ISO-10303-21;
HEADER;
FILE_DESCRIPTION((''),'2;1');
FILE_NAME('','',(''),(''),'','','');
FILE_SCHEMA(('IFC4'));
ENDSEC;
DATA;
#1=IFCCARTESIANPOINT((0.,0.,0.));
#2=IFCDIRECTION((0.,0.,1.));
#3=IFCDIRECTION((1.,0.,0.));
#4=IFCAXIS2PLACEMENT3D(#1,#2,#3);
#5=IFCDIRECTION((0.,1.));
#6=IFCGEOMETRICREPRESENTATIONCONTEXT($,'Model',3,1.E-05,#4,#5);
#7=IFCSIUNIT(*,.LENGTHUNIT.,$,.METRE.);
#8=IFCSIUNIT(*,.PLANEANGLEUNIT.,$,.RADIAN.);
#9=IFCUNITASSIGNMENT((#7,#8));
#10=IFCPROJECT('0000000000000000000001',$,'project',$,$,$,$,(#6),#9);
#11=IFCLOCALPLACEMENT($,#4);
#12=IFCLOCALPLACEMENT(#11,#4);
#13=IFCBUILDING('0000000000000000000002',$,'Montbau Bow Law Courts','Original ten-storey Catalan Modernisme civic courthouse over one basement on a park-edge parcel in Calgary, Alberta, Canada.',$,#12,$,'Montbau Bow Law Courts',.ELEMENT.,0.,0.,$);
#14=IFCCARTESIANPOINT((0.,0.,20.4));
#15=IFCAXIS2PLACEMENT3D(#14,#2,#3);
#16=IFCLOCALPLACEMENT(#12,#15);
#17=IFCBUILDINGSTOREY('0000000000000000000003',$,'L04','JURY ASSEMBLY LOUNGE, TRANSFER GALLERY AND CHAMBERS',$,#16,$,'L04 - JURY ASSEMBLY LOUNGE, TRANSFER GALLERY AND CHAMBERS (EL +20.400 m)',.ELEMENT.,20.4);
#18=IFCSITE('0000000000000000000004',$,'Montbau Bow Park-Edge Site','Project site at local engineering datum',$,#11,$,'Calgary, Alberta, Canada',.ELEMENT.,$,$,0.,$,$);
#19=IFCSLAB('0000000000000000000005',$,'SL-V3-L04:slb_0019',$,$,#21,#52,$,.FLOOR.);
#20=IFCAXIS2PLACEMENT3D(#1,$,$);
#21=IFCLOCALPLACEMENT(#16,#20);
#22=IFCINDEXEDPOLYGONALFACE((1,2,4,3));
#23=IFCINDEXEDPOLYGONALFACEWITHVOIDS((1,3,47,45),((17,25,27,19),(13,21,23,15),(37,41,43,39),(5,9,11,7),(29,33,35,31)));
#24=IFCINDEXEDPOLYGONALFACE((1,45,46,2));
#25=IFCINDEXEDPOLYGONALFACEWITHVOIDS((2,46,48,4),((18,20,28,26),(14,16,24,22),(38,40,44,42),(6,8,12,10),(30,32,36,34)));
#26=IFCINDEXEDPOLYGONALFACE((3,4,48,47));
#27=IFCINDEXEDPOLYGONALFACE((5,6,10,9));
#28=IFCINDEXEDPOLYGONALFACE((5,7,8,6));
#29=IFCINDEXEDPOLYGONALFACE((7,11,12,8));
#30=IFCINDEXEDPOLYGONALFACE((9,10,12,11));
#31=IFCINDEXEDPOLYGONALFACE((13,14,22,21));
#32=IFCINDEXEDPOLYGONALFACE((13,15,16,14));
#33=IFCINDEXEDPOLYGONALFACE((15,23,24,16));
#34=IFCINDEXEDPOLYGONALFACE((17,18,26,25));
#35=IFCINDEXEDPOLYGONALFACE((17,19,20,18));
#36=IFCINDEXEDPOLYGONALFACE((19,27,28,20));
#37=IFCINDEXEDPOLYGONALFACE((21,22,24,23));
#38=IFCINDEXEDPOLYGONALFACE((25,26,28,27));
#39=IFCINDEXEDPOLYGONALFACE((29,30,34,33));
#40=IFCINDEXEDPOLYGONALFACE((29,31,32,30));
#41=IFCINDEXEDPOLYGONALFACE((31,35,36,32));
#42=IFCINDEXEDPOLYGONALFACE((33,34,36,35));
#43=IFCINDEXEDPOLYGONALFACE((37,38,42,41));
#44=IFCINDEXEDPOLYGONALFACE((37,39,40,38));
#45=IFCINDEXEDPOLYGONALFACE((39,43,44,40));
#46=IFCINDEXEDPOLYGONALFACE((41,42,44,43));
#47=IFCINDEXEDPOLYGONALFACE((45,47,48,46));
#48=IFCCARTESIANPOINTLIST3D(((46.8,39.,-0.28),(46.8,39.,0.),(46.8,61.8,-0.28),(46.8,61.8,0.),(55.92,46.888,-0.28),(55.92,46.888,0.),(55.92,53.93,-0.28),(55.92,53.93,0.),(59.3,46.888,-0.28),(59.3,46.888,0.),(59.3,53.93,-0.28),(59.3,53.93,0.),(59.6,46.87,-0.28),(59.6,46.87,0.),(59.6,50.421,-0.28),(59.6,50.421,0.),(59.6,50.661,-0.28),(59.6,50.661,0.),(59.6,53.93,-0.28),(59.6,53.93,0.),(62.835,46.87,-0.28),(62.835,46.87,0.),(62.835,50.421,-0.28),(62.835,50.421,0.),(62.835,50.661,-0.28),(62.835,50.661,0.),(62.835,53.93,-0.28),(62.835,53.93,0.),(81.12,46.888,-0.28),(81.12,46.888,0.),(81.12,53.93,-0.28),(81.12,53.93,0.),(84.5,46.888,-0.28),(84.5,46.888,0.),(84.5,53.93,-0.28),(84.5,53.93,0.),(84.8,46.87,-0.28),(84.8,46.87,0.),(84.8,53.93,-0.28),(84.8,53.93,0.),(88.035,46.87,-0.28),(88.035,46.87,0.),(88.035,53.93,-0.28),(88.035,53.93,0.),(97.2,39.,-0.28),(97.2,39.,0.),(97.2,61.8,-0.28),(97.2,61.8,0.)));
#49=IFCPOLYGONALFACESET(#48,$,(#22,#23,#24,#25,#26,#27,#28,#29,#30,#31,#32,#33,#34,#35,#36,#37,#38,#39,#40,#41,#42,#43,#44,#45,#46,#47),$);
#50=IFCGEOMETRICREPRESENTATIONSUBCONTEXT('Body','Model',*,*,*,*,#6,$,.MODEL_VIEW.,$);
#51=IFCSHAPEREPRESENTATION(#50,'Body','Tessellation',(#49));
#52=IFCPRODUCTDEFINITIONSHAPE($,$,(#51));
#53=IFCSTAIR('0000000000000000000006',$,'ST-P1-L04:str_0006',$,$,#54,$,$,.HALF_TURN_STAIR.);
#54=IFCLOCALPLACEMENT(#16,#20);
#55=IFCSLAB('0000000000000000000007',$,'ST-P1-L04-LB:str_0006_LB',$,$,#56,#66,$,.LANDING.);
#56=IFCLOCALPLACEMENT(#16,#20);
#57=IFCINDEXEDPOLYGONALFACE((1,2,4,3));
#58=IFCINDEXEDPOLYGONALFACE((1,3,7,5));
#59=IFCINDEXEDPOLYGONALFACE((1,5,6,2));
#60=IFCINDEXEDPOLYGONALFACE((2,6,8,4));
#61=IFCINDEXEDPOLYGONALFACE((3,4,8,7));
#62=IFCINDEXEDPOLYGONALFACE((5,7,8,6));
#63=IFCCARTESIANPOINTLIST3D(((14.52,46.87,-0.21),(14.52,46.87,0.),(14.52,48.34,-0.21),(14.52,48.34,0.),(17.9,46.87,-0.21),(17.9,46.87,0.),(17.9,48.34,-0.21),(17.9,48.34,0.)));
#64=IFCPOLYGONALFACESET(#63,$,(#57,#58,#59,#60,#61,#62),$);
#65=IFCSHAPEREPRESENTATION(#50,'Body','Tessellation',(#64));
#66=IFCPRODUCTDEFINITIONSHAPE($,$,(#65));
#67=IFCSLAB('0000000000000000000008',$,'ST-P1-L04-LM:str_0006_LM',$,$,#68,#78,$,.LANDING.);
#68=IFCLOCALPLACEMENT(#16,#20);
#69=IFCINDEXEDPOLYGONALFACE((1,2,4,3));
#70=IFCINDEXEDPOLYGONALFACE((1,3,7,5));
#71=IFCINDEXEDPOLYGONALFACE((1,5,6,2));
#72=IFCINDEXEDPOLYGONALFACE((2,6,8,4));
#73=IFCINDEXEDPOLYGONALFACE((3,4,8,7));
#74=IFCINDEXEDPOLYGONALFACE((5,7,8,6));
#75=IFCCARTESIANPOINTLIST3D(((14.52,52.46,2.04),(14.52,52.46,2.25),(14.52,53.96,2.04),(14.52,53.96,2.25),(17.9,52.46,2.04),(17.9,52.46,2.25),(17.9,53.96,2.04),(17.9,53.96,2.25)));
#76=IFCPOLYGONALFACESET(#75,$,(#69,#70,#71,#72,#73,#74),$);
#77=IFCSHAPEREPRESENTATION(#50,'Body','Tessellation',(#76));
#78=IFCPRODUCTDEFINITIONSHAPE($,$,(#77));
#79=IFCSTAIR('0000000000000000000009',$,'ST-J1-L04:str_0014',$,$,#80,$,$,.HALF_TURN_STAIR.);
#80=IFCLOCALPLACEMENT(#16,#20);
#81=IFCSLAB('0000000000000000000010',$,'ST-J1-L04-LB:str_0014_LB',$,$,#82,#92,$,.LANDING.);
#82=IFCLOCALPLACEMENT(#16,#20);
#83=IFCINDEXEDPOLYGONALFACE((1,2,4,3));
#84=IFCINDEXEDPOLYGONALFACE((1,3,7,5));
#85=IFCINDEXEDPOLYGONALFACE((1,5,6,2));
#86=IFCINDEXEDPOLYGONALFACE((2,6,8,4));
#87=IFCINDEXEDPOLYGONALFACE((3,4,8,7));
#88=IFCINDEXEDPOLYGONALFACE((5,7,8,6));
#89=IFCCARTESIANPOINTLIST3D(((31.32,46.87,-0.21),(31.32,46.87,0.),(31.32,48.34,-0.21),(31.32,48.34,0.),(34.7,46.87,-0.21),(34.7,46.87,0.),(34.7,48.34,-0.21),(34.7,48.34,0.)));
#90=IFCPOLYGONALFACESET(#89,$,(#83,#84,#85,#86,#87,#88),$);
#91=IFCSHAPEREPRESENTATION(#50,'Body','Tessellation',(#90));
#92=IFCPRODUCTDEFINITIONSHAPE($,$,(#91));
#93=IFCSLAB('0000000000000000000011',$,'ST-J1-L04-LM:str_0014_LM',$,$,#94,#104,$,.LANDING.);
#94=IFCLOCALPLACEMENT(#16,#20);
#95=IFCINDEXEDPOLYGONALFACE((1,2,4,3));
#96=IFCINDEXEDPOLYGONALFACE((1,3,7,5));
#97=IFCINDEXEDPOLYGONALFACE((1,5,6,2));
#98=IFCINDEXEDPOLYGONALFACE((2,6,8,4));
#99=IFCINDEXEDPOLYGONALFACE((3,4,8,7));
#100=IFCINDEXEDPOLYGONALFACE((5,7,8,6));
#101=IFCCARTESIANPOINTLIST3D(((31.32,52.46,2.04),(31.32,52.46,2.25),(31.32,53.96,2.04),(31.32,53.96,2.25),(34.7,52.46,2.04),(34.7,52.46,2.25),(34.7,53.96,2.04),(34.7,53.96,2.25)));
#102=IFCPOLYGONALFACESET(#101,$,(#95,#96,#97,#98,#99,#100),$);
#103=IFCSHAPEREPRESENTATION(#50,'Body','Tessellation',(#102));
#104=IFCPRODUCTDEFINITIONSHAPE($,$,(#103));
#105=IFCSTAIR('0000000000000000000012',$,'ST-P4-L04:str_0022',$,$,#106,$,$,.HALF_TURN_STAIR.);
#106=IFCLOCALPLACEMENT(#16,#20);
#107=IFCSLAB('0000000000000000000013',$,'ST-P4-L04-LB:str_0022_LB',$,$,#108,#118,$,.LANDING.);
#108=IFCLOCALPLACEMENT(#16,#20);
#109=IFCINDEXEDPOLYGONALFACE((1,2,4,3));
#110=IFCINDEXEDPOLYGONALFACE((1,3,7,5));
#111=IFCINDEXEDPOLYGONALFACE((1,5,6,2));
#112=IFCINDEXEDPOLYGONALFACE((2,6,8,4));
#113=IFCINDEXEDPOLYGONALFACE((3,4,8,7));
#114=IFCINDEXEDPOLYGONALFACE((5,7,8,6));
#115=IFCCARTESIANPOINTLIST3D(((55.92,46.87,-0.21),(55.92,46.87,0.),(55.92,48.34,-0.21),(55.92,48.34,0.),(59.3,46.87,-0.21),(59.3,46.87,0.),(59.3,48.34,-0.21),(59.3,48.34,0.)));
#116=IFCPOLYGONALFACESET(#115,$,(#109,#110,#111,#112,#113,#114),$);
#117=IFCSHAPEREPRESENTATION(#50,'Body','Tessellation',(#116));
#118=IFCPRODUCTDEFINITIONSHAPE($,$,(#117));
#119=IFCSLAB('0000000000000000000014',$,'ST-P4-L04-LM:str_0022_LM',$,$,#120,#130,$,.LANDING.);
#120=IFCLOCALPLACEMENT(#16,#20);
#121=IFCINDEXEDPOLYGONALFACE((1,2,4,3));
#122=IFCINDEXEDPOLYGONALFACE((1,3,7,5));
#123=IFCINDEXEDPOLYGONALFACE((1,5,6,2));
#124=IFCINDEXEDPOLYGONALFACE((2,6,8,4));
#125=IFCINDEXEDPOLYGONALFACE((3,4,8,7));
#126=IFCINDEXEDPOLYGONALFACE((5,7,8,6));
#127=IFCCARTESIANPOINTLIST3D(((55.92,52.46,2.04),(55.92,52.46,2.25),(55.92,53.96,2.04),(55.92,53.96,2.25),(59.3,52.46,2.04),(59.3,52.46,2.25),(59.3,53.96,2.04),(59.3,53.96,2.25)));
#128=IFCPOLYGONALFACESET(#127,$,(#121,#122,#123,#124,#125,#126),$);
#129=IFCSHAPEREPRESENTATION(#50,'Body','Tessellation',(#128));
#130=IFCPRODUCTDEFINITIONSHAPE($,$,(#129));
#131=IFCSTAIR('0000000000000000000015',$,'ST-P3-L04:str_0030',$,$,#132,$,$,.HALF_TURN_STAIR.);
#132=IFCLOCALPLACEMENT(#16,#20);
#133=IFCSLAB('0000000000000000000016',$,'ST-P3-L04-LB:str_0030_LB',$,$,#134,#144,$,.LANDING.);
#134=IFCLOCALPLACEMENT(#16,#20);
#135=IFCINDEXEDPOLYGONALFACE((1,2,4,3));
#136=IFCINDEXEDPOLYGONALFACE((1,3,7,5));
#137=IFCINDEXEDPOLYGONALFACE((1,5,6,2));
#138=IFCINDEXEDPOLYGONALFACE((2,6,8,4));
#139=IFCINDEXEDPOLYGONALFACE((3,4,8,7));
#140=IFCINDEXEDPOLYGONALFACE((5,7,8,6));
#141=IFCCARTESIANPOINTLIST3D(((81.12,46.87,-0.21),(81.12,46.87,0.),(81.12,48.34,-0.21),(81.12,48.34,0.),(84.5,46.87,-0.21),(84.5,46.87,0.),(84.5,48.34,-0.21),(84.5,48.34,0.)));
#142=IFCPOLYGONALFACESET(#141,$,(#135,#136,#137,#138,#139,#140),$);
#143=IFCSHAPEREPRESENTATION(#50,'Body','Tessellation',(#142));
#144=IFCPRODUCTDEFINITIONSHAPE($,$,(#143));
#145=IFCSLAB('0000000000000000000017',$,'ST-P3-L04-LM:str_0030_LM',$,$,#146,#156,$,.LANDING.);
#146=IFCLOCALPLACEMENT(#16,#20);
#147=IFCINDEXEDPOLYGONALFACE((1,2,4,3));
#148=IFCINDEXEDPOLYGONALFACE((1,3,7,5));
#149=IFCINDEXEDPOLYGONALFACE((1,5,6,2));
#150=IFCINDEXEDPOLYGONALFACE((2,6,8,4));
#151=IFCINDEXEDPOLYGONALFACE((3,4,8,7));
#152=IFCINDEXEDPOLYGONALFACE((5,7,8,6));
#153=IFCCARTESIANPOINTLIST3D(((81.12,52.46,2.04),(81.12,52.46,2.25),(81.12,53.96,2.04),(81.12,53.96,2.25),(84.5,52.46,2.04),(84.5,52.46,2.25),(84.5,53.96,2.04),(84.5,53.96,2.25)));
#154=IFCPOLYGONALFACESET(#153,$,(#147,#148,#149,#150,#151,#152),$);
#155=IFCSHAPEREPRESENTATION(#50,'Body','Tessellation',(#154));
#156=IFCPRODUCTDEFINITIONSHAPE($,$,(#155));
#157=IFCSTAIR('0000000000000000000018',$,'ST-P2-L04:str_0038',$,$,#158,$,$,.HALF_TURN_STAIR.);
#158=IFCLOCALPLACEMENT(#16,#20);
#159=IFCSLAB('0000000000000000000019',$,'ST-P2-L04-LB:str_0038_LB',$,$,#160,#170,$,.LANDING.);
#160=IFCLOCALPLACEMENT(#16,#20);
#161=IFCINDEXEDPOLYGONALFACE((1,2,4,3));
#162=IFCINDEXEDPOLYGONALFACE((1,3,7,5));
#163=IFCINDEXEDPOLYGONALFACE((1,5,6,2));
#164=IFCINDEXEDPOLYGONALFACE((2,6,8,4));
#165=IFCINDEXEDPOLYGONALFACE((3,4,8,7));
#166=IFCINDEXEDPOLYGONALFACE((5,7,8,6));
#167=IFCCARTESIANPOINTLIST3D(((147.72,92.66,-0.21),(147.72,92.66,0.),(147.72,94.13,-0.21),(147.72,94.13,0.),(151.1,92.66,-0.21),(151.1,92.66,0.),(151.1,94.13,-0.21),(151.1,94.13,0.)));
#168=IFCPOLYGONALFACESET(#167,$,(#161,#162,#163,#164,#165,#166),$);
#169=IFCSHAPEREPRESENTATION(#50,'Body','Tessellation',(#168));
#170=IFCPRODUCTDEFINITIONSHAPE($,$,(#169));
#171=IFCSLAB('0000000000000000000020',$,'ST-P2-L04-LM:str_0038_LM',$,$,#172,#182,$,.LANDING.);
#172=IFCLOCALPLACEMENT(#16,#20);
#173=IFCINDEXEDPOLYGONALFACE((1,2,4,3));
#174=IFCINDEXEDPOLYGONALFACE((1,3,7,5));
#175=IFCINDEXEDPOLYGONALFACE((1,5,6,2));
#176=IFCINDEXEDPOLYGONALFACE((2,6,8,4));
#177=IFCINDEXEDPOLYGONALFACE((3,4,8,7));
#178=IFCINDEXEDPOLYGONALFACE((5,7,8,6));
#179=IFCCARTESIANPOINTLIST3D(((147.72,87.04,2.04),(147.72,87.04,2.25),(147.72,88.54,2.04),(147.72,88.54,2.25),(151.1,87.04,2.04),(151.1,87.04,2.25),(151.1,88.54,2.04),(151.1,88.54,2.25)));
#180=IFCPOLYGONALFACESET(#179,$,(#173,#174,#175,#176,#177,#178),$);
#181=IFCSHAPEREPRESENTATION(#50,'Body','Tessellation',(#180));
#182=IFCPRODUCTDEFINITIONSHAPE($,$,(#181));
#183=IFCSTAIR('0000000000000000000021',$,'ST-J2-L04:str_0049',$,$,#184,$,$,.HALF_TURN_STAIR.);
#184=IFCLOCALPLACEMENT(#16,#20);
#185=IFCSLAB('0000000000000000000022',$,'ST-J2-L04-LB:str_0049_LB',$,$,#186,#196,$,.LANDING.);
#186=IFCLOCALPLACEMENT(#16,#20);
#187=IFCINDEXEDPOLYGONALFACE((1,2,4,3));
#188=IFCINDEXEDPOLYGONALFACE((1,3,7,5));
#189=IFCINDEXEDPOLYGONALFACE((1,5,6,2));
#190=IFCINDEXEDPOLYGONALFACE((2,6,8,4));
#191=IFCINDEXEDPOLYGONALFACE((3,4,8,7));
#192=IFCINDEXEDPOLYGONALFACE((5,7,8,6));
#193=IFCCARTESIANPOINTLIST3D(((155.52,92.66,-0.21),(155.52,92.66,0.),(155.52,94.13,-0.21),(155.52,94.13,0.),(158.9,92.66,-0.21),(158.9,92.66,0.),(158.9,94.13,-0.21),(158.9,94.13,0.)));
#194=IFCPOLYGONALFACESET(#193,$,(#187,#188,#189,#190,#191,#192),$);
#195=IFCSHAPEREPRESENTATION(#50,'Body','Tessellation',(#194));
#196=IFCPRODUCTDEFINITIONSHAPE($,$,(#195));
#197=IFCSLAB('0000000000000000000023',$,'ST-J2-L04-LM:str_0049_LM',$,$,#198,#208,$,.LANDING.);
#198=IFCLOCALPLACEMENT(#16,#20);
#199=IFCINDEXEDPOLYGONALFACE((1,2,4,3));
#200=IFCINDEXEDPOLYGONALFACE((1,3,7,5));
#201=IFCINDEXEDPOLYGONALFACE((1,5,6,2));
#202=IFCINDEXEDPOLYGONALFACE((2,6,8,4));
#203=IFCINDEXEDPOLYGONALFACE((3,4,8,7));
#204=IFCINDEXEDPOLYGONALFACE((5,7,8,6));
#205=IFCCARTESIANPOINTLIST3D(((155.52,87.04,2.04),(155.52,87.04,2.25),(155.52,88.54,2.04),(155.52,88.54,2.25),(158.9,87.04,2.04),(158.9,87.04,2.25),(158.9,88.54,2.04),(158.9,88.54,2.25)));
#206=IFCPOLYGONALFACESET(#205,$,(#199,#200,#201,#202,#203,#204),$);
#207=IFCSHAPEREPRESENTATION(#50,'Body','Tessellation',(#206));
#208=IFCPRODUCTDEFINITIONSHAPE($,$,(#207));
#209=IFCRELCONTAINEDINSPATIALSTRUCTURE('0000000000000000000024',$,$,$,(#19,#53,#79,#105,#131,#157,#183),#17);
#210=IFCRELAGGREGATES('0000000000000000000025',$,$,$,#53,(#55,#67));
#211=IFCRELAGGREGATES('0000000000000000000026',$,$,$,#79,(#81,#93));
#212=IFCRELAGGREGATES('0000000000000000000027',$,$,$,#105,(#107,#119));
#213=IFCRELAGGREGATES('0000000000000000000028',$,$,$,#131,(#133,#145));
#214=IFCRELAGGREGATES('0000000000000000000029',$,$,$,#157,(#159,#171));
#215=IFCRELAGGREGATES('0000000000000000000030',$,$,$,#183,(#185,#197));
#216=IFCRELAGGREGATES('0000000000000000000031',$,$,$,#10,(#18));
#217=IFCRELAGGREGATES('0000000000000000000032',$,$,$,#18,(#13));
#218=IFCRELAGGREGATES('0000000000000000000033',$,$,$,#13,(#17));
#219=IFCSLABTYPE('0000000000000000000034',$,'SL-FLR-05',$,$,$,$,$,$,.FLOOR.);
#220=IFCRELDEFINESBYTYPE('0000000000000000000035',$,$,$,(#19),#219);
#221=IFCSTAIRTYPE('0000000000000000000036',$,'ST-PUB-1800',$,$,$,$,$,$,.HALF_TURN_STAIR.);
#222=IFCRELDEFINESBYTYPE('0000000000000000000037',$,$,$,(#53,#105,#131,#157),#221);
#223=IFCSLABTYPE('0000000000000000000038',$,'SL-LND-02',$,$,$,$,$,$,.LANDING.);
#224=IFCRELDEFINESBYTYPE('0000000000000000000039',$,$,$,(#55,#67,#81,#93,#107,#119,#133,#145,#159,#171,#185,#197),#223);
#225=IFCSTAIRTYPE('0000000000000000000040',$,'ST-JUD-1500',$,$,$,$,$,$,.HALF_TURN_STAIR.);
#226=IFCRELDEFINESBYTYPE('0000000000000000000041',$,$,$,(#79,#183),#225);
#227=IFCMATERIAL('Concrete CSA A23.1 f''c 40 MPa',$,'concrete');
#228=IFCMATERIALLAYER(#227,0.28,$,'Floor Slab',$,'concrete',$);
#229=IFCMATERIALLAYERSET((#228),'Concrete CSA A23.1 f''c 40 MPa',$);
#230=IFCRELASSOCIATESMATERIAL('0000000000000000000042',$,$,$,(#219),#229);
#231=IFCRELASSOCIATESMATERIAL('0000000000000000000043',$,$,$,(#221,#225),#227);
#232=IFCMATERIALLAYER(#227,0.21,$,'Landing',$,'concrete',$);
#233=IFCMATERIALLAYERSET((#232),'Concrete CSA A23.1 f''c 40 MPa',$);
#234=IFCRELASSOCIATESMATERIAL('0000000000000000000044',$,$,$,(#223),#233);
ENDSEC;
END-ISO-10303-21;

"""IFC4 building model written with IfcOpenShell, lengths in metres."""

from ifc_helpers import new_model, si_unit, direction, frame, origin_with_axes, place, context, subcontext, project, spatial, polyline, outline, extrude, material, layer, layer_set, type_object, element, aggregate, save


model = new_model("IFC4")

# Units and contexts
model_context = context("Model", 3, precision=1e-05, world=origin_with_axes(), true_north=direction((0.0, 1.0)))
body_context = subcontext(model_context, "Body", "Model", "MODEL_VIEW")
ifc_project = project(units=[si_unit("LENGTHUNIT", "METRE"), si_unit("PLANEANGLEUNIT", "RADIAN")], contexts=[model_context])

# Site, building, storey
site_placement = place(None, origin_with_axes())
site = spatial("IfcSite", under=ifc_project, at=site_placement, Name="Montbau Bow Park-Edge Site", Description="Project site at local engineering datum", LongName="Calgary, Alberta, Canada", CompositionType="ELEMENT", RefElevation=0.0)
building_placement = place(site_placement, origin_with_axes())
building = spatial("IfcBuilding", under=site, at=building_placement, Name="Montbau Bow Law Courts", Description="Original ten-storey Catalan Modernisme civic courthouse over one basement on a park-edge parcel in Calgary, Alberta, Canada.", LongName="Montbau Bow Law Courts", CompositionType="ELEMENT", ElevationOfRefHeight=0.0, ElevationOfTerrain=0.0)
storey_placement = place(building_placement, frame((0.0, 0.0, 20.4), z_axis=(0.0, 0.0, 1.0), x_axis=(1.0, 0.0, 0.0)))
storey = spatial("IfcBuildingStorey", under=building, at=storey_placement, Name="L04", Description="JURY ASSEMBLY LOUNGE, TRANSFER GALLERY AND CHAMBERS", LongName="L04 - JURY ASSEMBLY LOUNGE, TRANSFER GALLERY AND CHAMBERS (EL +20.400 m)", CompositionType="ELEMENT", Elevation=20.4)

# Shared definitions
ifc_material_1 = material(Name="Concrete CSA A23.1 f'c 40 MPa", Category="concrete")

# Slab
ifc_layer_1 = layer(ifc_material_1, 0.28, Name="Floor Slab", Category="concrete")
ifc_layer_set_1 = layer_set([ifc_layer_1], Name="Concrete CSA A23.1 f'c 40 MPa")
slab_type_1 = type_object("IfcSlabType", Name="SL-FLR-05", PredefinedType="FLOOR", material=ifc_layer_set_1)
slab_1_placement = place(None, frame((0.0, 0.0, 20.12), z_axis=(0.0, 0.0, 1.0), x_axis=(1.0, 0.0, 0.0)))
element("IfcSlab", 1, at=slab_1_placement, inside=storey, type_object=slab_type_1, Name="SL-V3-L04:slb_0019", PredefinedType="FLOOR", context=body_context, shape_type="SweptSolid", body=[
    extrude(outline(polyline([(46.8, 39.0), (97.2, 39.0), (97.2, 61.8), (46.8, 61.8), (46.8, 39.0)]), holes=[polyline([(55.92, 46.888), (59.3, 46.888), (59.3, 53.93), (55.92, 53.93), (55.92, 46.888)]), polyline([(59.6, 46.87), (62.835, 46.87), (62.835, 50.421), (59.6, 50.421), (59.6, 46.87)]), polyline([(59.6, 50.661), (62.835, 50.661), (62.835, 53.93), (59.6, 53.93), (59.6, 50.661)]), polyline([(81.12, 46.888), (84.5, 46.888), (84.5, 53.93), (81.12, 53.93), (81.12, 46.888)]), polyline([(84.8, 46.87), (88.035, 46.87), (88.035, 53.93), (84.8, 53.93), (84.8, 46.87)])]), origin_with_axes(), (0.0, 0.0, 1.0), 0.28),
])

# Stairs, slabs
stair_type_1 = type_object("IfcStairType", Name="ST-PUB-1800", PredefinedType="HALF_TURN_STAIR", material=ifc_material_1)
stair_1_placement = place(None, frame((15.29, 48.3, 20.4), z_axis=(0.0, 0.0, 1.0), x_axis=(1.0, 0.0, 0.0)))
stair_1 = element("IfcStair", 2, at=stair_1_placement, inside=storey, type_object=stair_type_1, Name="ST-P1-L04:str_0006", PredefinedType="HALF_TURN_STAIR")
ifc_layer_2 = layer(ifc_material_1, 0.21, Name="Landing", Category="concrete")
ifc_layer_set_2 = layer_set([ifc_layer_2], Name="Concrete CSA A23.1 f'c 40 MPa")
slab_type_2 = type_object("IfcSlabType", Name="SL-LND-02", PredefinedType="LANDING", material=ifc_layer_set_2)
slab_2_placement = place(None, frame((0.0, 0.0, 20.19), z_axis=(0.0, 0.0, 1.0), x_axis=(1.0, 0.0, 0.0)))
slab_2 = element("IfcSlab", 3, at=slab_2_placement, type_object=slab_type_2, Name="ST-P1-L04-LB:str_0006_LB", PredefinedType="LANDING", context=body_context, shape_type="SweptSolid", body=[
    extrude(outline(polyline([(14.52, 46.87), (17.9, 46.87), (17.9, 48.34), (14.52, 48.34), (14.52, 46.87)])), origin_with_axes(), (0.0, 0.0, 1.0), 0.21),
])
slab_3_placement = place(None, frame((0.0, 0.0, 22.44), z_axis=(0.0, 0.0, 1.0), x_axis=(1.0, 0.0, 0.0)))
slab_3 = element("IfcSlab", 4, at=slab_3_placement, type_object=slab_type_2, Name="ST-P1-L04-LM:str_0006_LM", PredefinedType="LANDING", context=body_context, shape_type="SweptSolid", body=[
    extrude(outline(polyline([(14.52, 52.46), (17.9, 52.46), (17.9, 53.96), (14.52, 53.96), (14.52, 52.46)])), origin_with_axes(), (0.0, 0.0, 1.0), 0.21),
])
aggregate(stair_1, [slab_2, slab_3])
stair_type_2 = type_object("IfcStairType", Name="ST-JUD-1500", PredefinedType="HALF_TURN_STAIR", material=ifc_material_1)
stair_2_placement = place(None, frame((32.05, 48.3, 20.4), z_axis=(0.0, 0.0, 1.0), x_axis=(1.0, 0.0, 0.0)))
stair_2 = element("IfcStair", 5, at=stair_2_placement, inside=storey, type_object=stair_type_2, Name="ST-J1-L04:str_0014", PredefinedType="HALF_TURN_STAIR")
slab_4_placement = place(None, frame((0.0, 0.0, 20.19), z_axis=(0.0, 0.0, 1.0), x_axis=(1.0, 0.0, 0.0)))
slab_4 = element("IfcSlab", 6, at=slab_4_placement, type_object=slab_type_2, Name="ST-J1-L04-LB:str_0014_LB", PredefinedType="LANDING", context=body_context, shape_type="SweptSolid", body=[
    extrude(outline(polyline([(31.32, 46.87), (34.7, 46.87), (34.7, 48.34), (31.32, 48.34), (31.32, 46.87)])), origin_with_axes(), (0.0, 0.0, 1.0), 0.21),
])
slab_5_placement = place(None, frame((0.0, 0.0, 22.44), z_axis=(0.0, 0.0, 1.0), x_axis=(1.0, 0.0, 0.0)))
slab_5 = element("IfcSlab", 7, at=slab_5_placement, type_object=slab_type_2, Name="ST-J1-L04-LM:str_0014_LM", PredefinedType="LANDING", context=body_context, shape_type="SweptSolid", body=[
    extrude(outline(polyline([(31.32, 52.46), (34.7, 52.46), (34.7, 53.96), (31.32, 53.96), (31.32, 52.46)])), origin_with_axes(), (0.0, 0.0, 1.0), 0.21),
])
aggregate(stair_2, [slab_4, slab_5])
stair_3_placement = place(None, frame((56.69, 48.3, 20.4), z_axis=(0.0, 0.0, 1.0), x_axis=(1.0, 0.0, 0.0)))
stair_3 = element("IfcStair", 8, at=stair_3_placement, inside=storey, type_object=stair_type_1, Name="ST-P4-L04:str_0022", PredefinedType="HALF_TURN_STAIR")
slab_6_placement = place(None, frame((0.0, 0.0, 20.19), z_axis=(0.0, 0.0, 1.0), x_axis=(1.0, 0.0, 0.0)))
slab_6 = element("IfcSlab", 9, at=slab_6_placement, type_object=slab_type_2, Name="ST-P4-L04-LB:str_0022_LB", PredefinedType="LANDING", context=body_context, shape_type="SweptSolid", body=[
    extrude(outline(polyline([(55.92, 46.87), (59.3, 46.87), (59.3, 48.34), (55.92, 48.34), (55.92, 46.87)])), origin_with_axes(), (0.0, 0.0, 1.0), 0.21),
])
slab_7_placement = place(None, frame((0.0, 0.0, 22.44), z_axis=(0.0, 0.0, 1.0), x_axis=(1.0, 0.0, 0.0)))
slab_7 = element("IfcSlab", 10, at=slab_7_placement, type_object=slab_type_2, Name="ST-P4-L04-LM:str_0022_LM", PredefinedType="LANDING", context=body_context, shape_type="SweptSolid", body=[
    extrude(outline(polyline([(55.92, 52.46), (59.3, 52.46), (59.3, 53.96), (55.92, 53.96), (55.92, 52.46)])), origin_with_axes(), (0.0, 0.0, 1.0), 0.21),
])
aggregate(stair_3, [slab_6, slab_7])
stair_4_placement = place(None, frame((81.89, 48.3, 20.4), z_axis=(0.0, 0.0, 1.0), x_axis=(1.0, 0.0, 0.0)))
stair_4 = element("IfcStair", 11, at=stair_4_placement, inside=storey, type_object=stair_type_1, Name="ST-P3-L04:str_0030", PredefinedType="HALF_TURN_STAIR")
slab_8_placement = place(None, frame((0.0, 0.0, 20.19), z_axis=(0.0, 0.0, 1.0), x_axis=(1.0, 0.0, 0.0)))
slab_8 = element("IfcSlab", 12, at=slab_8_placement, type_object=slab_type_2, Name="ST-P3-L04-LB:str_0030_LB", PredefinedType="LANDING", context=body_context, shape_type="SweptSolid", body=[
    extrude(outline(polyline([(81.12, 46.87), (84.5, 46.87), (84.5, 48.34), (81.12, 48.34), (81.12, 46.87)])), origin_with_axes(), (0.0, 0.0, 1.0), 0.21),
])
slab_9_placement = place(None, frame((0.0, 0.0, 22.44), z_axis=(0.0, 0.0, 1.0), x_axis=(1.0, 0.0, 0.0)))
slab_9 = element("IfcSlab", 13, at=slab_9_placement, type_object=slab_type_2, Name="ST-P3-L04-LM:str_0030_LM", PredefinedType="LANDING", context=body_context, shape_type="SweptSolid", body=[
    extrude(outline(polyline([(81.12, 52.46), (84.5, 52.46), (84.5, 53.96), (81.12, 53.96), (81.12, 52.46)])), origin_with_axes(), (0.0, 0.0, 1.0), 0.21),
])
aggregate(stair_4, [slab_8, slab_9])
stair_5_placement = place(None, frame((148.49, 92.7, 20.4), z_axis=(0.0, 0.0, 1.0), x_axis=(1.0, 0.0, 0.0)))
stair_5 = element("IfcStair", 14, at=stair_5_placement, inside=storey, type_object=stair_type_1, Name="ST-P2-L04:str_0038", PredefinedType="HALF_TURN_STAIR")
slab_10_placement = place(None, frame((0.0, 0.0, 20.19), z_axis=(0.0, 0.0, 1.0), x_axis=(1.0, 0.0, 0.0)))
slab_10 = element("IfcSlab", 15, at=slab_10_placement, type_object=slab_type_2, Name="ST-P2-L04-LB:str_0038_LB", PredefinedType="LANDING", context=body_context, shape_type="SweptSolid", body=[
    extrude(outline(polyline([(147.72, 92.66), (151.1, 92.66), (151.1, 94.13), (147.72, 94.13), (147.72, 92.66)])), origin_with_axes(), (0.0, 0.0, 1.0), 0.21),
])
slab_11_placement = place(None, frame((0.0, 0.0, 22.44), z_axis=(0.0, 0.0, 1.0), x_axis=(1.0, 0.0, 0.0)))
slab_11 = element("IfcSlab", 16, at=slab_11_placement, type_object=slab_type_2, Name="ST-P2-L04-LM:str_0038_LM", PredefinedType="LANDING", context=body_context, shape_type="SweptSolid", body=[
    extrude(outline(polyline([(147.72, 87.04), (151.1, 87.04), (151.1, 88.54), (147.72, 88.54), (147.72, 87.04)])), origin_with_axes(), (0.0, 0.0, 1.0), 0.21),
])
aggregate(stair_5, [slab_10, slab_11])
stair_6_placement = place(None, frame((156.25, 92.7, 20.4), z_axis=(0.0, 0.0, 1.0), x_axis=(1.0, 0.0, 0.0)))
stair_6 = element("IfcStair", 17, at=stair_6_placement, inside=storey, type_object=stair_type_2, Name="ST-J2-L04:str_0049", PredefinedType="HALF_TURN_STAIR")
slab_12_placement = place(None, frame((0.0, 0.0, 20.19), z_axis=(0.0, 0.0, 1.0), x_axis=(1.0, 0.0, 0.0)))
slab_12 = element("IfcSlab", 18, at=slab_12_placement, type_object=slab_type_2, Name="ST-J2-L04-LB:str_0049_LB", PredefinedType="LANDING", context=body_context, shape_type="SweptSolid", body=[
    extrude(outline(polyline([(155.52, 92.66), (158.9, 92.66), (158.9, 94.13), (155.52, 94.13), (155.52, 92.66)])), origin_with_axes(), (0.0, 0.0, 1.0), 0.21),
])
slab_13_placement = place(None, frame((0.0, 0.0, 22.44), z_axis=(0.0, 0.0, 1.0), x_axis=(1.0, 0.0, 0.0)))
slab_13 = element("IfcSlab", 19, at=slab_13_placement, type_object=slab_type_2, Name="ST-J2-L04-LM:str_0049_LM", PredefinedType="LANDING", context=body_context, shape_type="SweptSolid", body=[
    extrude(outline(polyline([(155.52, 87.04), (158.9, 87.04), (158.9, 88.54), (155.52, 88.54), (155.52, 87.04)])), origin_with_axes(), (0.0, 0.0, 1.0), 0.21),
])
aggregate(stair_6, [slab_12, slab_13])

save(model, "model.ifc")
